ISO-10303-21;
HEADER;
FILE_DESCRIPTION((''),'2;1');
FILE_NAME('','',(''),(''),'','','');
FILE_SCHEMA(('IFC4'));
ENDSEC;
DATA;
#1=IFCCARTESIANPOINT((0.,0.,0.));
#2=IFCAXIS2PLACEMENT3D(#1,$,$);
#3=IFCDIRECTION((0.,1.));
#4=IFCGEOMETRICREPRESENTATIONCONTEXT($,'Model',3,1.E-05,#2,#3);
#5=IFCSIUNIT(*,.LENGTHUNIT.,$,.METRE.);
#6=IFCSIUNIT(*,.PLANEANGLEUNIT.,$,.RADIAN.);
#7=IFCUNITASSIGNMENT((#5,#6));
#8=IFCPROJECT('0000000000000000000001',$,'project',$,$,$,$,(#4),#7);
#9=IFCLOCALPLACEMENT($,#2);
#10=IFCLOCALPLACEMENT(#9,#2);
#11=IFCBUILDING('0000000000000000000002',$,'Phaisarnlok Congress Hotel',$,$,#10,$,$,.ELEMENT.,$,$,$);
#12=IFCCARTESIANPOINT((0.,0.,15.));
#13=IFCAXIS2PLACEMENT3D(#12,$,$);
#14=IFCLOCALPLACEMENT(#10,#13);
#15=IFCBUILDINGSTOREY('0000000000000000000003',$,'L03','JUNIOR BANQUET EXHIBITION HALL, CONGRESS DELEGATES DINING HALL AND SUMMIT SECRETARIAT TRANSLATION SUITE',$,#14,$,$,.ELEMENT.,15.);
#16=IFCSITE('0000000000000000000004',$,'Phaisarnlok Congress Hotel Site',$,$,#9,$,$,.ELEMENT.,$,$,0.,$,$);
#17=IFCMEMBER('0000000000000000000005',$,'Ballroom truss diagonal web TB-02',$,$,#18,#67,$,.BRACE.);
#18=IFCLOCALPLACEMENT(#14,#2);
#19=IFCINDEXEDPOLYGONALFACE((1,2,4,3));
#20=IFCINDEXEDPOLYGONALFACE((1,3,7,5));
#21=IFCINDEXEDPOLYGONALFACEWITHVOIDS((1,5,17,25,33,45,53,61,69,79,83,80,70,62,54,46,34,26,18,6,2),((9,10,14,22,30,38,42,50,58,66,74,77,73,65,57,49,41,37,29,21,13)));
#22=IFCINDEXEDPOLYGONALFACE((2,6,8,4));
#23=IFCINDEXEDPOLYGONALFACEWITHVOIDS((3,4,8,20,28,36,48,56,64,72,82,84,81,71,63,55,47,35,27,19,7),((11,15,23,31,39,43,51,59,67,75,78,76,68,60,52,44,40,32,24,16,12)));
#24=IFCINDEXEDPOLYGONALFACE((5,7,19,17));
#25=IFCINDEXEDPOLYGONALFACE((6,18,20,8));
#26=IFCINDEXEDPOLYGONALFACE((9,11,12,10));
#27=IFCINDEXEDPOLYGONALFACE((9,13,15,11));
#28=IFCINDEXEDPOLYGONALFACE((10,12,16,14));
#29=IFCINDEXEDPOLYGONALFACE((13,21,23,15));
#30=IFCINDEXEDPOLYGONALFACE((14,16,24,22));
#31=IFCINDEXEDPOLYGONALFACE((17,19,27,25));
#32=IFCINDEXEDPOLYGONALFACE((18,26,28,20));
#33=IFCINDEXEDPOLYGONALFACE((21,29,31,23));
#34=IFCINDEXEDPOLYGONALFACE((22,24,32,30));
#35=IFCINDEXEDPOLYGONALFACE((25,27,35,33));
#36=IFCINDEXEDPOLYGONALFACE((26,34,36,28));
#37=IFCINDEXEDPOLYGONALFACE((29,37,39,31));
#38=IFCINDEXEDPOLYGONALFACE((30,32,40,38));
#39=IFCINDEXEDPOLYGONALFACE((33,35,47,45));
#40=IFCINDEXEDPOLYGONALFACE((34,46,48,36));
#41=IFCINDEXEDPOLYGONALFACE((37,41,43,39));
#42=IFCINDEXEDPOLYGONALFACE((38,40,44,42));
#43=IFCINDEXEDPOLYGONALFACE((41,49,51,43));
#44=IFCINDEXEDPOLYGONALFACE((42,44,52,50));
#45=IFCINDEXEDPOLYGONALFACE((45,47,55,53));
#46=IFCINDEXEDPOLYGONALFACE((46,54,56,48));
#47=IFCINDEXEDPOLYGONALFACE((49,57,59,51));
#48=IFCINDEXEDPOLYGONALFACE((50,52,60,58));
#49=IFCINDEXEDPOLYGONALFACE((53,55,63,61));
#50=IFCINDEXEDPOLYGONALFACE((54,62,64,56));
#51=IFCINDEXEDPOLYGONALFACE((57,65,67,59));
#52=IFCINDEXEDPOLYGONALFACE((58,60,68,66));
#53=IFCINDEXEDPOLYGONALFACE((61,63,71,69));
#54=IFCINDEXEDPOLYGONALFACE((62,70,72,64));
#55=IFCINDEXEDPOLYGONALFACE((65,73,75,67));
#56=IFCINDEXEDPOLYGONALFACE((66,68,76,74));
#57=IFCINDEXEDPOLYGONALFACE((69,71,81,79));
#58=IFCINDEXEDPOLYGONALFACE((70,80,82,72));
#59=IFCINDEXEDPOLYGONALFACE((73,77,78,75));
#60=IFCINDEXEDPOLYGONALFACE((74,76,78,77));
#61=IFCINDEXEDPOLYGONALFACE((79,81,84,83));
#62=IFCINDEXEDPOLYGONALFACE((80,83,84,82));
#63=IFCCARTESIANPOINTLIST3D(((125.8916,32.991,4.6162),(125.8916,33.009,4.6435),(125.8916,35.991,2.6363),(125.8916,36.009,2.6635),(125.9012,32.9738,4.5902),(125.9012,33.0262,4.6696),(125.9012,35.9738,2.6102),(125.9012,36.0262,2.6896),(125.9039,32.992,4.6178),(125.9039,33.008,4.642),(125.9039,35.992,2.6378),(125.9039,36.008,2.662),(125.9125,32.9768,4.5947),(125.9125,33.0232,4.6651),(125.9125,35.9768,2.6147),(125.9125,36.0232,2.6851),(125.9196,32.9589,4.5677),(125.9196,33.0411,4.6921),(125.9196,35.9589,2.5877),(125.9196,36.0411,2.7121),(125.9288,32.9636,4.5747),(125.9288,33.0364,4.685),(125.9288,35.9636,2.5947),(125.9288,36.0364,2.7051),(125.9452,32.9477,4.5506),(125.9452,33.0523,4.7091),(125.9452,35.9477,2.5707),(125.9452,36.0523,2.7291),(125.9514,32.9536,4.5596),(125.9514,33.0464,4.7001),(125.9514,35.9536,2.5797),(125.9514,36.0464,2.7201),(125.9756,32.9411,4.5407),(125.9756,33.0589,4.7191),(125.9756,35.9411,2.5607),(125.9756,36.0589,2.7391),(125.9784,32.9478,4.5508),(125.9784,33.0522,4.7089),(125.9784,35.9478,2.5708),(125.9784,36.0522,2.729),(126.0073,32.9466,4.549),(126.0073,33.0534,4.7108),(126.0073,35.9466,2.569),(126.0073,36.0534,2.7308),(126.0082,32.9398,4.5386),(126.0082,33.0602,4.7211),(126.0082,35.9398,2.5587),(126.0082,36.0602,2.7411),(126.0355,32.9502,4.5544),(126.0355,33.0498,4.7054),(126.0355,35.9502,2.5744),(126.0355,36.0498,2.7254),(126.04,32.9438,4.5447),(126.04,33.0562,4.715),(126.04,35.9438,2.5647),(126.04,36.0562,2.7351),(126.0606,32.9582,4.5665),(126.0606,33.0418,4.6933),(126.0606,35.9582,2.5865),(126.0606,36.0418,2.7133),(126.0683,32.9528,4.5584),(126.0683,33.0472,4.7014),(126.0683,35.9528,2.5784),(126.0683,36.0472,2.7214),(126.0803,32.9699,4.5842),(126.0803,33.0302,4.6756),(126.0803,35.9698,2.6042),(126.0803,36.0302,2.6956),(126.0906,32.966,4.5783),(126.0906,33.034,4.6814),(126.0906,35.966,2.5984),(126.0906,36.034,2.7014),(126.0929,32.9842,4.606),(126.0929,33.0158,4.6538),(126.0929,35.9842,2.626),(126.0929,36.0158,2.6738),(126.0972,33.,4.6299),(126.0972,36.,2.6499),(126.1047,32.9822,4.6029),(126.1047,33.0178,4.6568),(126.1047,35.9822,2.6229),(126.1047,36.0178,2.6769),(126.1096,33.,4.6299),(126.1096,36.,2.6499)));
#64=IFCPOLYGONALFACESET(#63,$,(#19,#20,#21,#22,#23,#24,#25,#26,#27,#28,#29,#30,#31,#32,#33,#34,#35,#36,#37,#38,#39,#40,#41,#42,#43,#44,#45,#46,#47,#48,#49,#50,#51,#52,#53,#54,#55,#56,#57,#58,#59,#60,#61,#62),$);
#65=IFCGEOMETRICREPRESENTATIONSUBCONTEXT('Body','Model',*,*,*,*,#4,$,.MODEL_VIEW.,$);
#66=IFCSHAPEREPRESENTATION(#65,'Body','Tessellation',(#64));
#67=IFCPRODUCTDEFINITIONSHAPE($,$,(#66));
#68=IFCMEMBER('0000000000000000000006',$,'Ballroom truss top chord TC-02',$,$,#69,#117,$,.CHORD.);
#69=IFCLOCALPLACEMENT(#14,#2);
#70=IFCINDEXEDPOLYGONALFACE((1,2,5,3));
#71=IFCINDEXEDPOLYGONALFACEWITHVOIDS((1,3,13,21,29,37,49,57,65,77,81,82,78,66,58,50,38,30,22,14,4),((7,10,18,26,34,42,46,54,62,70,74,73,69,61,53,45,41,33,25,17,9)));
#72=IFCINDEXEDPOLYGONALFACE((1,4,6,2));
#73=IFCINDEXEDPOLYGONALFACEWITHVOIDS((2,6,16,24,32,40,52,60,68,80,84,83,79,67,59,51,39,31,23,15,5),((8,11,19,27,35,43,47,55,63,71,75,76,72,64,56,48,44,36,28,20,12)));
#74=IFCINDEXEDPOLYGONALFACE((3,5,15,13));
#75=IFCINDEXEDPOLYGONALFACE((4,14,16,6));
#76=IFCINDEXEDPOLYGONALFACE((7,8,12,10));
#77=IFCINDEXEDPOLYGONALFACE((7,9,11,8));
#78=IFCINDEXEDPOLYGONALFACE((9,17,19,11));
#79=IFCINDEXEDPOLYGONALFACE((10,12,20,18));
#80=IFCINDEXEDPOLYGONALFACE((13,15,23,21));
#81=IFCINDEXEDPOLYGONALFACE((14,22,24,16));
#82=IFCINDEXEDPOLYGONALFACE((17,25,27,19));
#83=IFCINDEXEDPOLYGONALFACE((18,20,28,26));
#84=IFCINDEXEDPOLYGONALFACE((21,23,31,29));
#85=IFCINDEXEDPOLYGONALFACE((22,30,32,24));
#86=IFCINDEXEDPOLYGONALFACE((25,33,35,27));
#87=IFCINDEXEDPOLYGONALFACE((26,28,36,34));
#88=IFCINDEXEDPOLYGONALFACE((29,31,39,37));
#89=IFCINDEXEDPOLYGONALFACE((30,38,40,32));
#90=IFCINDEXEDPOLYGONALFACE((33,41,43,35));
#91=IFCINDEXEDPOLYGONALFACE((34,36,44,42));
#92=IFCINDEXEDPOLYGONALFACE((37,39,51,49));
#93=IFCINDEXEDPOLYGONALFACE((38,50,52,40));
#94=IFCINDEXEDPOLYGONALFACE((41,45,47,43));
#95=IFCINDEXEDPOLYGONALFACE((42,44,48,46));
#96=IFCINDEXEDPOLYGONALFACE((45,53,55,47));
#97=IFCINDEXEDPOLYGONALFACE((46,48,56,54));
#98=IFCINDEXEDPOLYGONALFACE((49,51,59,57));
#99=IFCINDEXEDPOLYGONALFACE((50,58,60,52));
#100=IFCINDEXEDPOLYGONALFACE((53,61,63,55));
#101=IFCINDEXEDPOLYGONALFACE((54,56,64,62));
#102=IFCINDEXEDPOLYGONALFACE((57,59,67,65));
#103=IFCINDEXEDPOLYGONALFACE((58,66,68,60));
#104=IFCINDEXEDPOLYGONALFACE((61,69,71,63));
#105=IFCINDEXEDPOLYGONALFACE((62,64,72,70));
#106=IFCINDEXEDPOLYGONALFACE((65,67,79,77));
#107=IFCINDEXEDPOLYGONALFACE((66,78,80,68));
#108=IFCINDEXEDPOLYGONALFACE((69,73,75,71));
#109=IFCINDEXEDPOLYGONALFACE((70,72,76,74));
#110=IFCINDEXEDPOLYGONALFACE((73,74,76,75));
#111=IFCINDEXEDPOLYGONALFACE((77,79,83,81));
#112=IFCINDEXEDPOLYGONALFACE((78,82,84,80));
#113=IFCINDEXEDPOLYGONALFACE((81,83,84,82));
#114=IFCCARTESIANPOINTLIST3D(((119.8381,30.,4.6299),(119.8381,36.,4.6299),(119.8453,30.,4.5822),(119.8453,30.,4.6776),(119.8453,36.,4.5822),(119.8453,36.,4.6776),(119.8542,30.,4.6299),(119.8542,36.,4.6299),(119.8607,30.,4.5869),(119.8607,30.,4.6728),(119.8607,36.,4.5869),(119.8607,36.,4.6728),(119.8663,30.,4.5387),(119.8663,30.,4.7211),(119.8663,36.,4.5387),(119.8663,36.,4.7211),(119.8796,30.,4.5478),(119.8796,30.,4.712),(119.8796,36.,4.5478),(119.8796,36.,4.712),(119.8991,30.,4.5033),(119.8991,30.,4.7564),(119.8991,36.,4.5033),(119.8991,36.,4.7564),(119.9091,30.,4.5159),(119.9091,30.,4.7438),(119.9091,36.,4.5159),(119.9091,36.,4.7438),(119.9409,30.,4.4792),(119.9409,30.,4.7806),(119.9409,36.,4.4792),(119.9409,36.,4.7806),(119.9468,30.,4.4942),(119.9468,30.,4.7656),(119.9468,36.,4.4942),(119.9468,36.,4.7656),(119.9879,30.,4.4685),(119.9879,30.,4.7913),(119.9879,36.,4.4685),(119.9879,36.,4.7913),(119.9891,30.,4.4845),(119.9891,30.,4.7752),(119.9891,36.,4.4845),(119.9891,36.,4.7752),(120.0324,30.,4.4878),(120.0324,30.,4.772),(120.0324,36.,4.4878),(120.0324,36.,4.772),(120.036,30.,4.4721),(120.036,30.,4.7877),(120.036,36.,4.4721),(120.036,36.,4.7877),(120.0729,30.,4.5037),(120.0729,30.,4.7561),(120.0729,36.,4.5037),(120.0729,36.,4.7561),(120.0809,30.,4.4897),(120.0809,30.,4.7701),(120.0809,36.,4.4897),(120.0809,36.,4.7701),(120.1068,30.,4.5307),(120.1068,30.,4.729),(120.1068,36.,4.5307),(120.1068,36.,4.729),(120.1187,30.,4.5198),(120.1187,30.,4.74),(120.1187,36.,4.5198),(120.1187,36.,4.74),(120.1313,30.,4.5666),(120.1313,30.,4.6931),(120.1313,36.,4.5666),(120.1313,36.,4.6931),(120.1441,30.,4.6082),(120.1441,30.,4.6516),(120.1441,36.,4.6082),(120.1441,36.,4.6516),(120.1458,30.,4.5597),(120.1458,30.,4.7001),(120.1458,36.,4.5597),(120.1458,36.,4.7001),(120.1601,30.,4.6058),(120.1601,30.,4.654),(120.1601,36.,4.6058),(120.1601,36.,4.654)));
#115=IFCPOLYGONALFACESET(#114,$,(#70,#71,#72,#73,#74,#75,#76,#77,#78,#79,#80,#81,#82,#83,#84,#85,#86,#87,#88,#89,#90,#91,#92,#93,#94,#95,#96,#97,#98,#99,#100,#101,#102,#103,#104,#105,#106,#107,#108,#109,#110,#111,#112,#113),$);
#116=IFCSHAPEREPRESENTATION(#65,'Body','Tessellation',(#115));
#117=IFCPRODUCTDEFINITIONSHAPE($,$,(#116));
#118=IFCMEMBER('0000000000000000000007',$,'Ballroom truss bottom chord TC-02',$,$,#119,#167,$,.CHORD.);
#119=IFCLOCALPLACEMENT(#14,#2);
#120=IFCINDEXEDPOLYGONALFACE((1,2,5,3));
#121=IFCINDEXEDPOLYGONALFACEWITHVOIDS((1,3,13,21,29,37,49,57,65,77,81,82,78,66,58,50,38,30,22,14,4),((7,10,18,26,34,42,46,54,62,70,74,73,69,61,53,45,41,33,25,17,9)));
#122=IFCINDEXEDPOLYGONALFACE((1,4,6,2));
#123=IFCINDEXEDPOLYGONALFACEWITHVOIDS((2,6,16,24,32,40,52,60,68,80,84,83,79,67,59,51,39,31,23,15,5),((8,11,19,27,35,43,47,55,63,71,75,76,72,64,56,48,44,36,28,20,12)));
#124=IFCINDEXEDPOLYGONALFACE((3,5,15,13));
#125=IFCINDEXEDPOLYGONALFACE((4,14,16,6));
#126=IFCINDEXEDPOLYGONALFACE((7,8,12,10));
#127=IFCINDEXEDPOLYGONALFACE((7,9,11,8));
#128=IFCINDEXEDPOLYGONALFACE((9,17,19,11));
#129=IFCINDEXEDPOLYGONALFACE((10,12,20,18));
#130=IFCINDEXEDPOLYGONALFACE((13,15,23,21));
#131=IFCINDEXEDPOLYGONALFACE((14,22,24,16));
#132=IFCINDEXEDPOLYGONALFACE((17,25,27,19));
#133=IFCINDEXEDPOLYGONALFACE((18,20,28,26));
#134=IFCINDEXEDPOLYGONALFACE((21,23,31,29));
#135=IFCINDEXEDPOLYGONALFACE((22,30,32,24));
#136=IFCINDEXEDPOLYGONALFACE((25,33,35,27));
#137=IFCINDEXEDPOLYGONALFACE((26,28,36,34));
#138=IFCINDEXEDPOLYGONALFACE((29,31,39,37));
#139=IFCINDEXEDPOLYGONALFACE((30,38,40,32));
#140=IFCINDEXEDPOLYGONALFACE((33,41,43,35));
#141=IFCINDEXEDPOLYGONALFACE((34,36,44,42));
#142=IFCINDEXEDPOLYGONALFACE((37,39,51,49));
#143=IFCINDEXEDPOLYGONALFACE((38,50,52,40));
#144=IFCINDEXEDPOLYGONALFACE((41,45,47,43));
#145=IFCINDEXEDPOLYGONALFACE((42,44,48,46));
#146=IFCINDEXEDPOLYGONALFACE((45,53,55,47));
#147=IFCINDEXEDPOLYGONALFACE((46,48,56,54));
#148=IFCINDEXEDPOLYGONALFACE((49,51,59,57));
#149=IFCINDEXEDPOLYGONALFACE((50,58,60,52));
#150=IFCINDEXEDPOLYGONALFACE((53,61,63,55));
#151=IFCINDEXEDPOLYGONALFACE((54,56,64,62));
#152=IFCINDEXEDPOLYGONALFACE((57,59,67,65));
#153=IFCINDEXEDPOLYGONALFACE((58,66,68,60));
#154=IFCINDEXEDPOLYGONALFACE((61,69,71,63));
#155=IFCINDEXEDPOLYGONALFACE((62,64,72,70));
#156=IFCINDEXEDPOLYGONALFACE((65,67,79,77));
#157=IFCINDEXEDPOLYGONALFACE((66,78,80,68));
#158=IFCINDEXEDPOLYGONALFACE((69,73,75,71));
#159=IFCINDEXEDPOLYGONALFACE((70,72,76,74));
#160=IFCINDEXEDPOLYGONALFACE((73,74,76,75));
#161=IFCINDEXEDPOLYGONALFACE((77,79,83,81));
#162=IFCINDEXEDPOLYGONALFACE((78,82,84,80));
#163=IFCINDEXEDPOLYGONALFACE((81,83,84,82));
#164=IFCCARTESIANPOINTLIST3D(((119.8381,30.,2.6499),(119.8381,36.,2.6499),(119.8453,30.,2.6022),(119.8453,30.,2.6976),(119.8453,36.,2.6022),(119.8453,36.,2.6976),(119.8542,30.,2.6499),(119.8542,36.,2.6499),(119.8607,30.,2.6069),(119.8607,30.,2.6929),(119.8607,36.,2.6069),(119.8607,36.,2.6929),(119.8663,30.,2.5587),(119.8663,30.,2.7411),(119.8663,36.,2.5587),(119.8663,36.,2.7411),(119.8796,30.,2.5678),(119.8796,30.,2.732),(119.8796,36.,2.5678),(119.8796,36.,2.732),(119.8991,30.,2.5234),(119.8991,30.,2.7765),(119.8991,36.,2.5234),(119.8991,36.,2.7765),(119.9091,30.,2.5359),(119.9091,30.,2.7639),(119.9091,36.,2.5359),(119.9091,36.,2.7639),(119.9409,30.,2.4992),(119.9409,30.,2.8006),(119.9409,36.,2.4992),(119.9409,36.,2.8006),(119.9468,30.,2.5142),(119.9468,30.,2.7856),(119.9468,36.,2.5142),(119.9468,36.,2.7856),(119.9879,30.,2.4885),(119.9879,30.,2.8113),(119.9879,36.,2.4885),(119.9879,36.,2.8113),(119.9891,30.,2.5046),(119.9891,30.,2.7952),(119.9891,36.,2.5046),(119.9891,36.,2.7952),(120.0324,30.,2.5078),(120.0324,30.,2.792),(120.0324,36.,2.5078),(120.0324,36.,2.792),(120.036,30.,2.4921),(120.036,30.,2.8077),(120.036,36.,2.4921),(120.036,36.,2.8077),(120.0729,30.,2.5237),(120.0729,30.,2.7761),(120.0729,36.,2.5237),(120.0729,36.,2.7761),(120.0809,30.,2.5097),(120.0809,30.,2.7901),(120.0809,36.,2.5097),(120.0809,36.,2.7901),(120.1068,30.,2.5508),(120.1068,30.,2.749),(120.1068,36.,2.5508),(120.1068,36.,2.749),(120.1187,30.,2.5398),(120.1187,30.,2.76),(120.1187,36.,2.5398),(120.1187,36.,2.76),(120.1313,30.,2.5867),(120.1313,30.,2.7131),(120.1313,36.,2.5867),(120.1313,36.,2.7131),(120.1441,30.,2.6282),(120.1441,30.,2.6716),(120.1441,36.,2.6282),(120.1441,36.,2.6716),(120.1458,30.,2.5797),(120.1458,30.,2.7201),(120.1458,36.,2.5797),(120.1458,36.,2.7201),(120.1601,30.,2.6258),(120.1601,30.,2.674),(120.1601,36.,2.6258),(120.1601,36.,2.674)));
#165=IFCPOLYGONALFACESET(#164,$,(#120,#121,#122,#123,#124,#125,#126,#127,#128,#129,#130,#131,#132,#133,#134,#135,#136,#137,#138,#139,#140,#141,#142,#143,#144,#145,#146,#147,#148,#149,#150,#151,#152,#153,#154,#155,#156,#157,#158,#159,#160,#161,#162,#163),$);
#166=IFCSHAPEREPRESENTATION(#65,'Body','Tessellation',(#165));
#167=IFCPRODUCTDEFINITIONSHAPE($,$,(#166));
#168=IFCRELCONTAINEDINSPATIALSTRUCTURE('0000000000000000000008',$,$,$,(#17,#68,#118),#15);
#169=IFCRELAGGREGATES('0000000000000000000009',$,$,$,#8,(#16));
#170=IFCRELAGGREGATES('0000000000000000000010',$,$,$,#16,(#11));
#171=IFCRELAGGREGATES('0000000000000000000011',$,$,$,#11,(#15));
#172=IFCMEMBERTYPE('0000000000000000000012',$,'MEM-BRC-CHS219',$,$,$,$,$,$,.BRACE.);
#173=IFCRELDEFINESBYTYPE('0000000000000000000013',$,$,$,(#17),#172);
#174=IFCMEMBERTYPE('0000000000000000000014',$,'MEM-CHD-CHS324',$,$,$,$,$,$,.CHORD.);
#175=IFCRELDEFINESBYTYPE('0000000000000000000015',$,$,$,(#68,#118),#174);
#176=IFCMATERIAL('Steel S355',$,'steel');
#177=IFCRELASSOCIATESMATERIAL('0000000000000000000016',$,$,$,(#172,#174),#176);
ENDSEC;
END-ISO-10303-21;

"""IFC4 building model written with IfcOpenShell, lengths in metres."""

from ifc_helpers import new_model, si_unit, direction, frame, origin, origin_2d, place, context, subcontext, project, spatial, hollow_circle, extrude, material, material_profile, profile_set, type_object, element, save


model = new_model("IFC4")

# Units and contexts
model_context = context("Model", 3, precision=1e-05, world=origin(), true_north=direction((0.0, 1.0)))
body_context = subcontext(model_context, "Body", "Model", "MODEL_VIEW")
ifc_project = project(units=[si_unit("LENGTHUNIT", "METRE"), si_unit("PLANEANGLEUNIT", "RADIAN")], contexts=[model_context])

# Site, building, storey
site_placement = place(None, origin())
site = spatial("IfcSite", under=ifc_project, at=site_placement, Name="Phaisarnlok Congress Hotel Site", CompositionType="ELEMENT", RefElevation=0.0)
building_placement = place(site_placement, origin())
building = spatial("IfcBuilding", under=site, at=building_placement, Name="Phaisarnlok Congress Hotel", CompositionType="ELEMENT")
storey_placement = place(building_placement, frame((0.0, 0.0, 15.0)))
storey = spatial("IfcBuildingStorey", under=building, at=storey_placement, Name="L03", Description="JUNIOR BANQUET EXHIBITION HALL, CONGRESS DELEGATES DINING HALL AND SUMMIT SECRETARIAT TRANSLATION SUITE", CompositionType="ELEMENT", Elevation=15.0)

# Shared definitions
ifc_material_1 = material(Name="Steel S355", Category="steel")

# Members
ifc_material_profile_1 = material_profile(ifc_material_1, hollow_circle(Radius=0.1096, WallThickness=0.0125, at=origin_2d()), Name="CHS 219.1x12.5")
ifc_profile_set_1 = profile_set([ifc_material_profile_1], Name="Steel S355")
member_type_1 = type_object("IfcMemberType", Name="MEM-BRC-CHS219", PredefinedType="BRACE", material=ifc_profile_set_1)
for number, where, z_axis, x_axis, name in (
    (1, (126.0, 36.0, 2.6499), (0.0, -0.834612, 0.550838), (1.0, 0.0, 0.0), "Ballroom truss diagonal web TB-02"),
):
    element("IfcMember", number, at=place(storey_placement, frame(where, z_axis=z_axis, x_axis=x_axis)), inside=storey, type_object=member_type_1, Name=name, PredefinedType="BRACE", context=body_context, shape_type="SweptSolid", body=[
        extrude(hollow_circle(Radius=0.1096, WallThickness=0.0125, at=origin_2d()), origin(), (0.0, 0.0, 1.0), 3.5945),
    ])
ifc_material_profile_2 = material_profile(ifc_material_1, hollow_circle(Radius=0.1619, WallThickness=0.0161, at=origin_2d()), Name="CHS 323.9x16")
ifc_profile_set_2 = profile_set([ifc_material_profile_2], Name="Steel S355")
member_type_2 = type_object("IfcMemberType", Name="MEM-CHD-CHS324", PredefinedType="CHORD", material=ifc_profile_set_2)
for number, where, z_axis, x_axis, name in (
    (2, (120.0, 30.0, 4.6299), (0.0, 1.0, 0.0), (-1.0, 0.0, 0.0), "Ballroom truss top chord TC-02"),
    (3, (120.0, 30.0, 2.6499), (0.0, 1.0, 0.0), (-1.0, 0.0, 0.0), "Ballroom truss bottom chord TC-02"),
):
    element("IfcMember", number, at=place(storey_placement, frame(where, z_axis=z_axis, x_axis=x_axis)), inside=storey, type_object=member_type_2, Name=name, PredefinedType="CHORD", context=body_context, shape_type="SweptSolid", body=[
        extrude(hollow_circle(Radius=0.1619, WallThickness=0.0161, at=origin_2d()), origin(), (0.0, 0.0, 1.0), 6.0),
    ])

save(model, "model.ifc")
